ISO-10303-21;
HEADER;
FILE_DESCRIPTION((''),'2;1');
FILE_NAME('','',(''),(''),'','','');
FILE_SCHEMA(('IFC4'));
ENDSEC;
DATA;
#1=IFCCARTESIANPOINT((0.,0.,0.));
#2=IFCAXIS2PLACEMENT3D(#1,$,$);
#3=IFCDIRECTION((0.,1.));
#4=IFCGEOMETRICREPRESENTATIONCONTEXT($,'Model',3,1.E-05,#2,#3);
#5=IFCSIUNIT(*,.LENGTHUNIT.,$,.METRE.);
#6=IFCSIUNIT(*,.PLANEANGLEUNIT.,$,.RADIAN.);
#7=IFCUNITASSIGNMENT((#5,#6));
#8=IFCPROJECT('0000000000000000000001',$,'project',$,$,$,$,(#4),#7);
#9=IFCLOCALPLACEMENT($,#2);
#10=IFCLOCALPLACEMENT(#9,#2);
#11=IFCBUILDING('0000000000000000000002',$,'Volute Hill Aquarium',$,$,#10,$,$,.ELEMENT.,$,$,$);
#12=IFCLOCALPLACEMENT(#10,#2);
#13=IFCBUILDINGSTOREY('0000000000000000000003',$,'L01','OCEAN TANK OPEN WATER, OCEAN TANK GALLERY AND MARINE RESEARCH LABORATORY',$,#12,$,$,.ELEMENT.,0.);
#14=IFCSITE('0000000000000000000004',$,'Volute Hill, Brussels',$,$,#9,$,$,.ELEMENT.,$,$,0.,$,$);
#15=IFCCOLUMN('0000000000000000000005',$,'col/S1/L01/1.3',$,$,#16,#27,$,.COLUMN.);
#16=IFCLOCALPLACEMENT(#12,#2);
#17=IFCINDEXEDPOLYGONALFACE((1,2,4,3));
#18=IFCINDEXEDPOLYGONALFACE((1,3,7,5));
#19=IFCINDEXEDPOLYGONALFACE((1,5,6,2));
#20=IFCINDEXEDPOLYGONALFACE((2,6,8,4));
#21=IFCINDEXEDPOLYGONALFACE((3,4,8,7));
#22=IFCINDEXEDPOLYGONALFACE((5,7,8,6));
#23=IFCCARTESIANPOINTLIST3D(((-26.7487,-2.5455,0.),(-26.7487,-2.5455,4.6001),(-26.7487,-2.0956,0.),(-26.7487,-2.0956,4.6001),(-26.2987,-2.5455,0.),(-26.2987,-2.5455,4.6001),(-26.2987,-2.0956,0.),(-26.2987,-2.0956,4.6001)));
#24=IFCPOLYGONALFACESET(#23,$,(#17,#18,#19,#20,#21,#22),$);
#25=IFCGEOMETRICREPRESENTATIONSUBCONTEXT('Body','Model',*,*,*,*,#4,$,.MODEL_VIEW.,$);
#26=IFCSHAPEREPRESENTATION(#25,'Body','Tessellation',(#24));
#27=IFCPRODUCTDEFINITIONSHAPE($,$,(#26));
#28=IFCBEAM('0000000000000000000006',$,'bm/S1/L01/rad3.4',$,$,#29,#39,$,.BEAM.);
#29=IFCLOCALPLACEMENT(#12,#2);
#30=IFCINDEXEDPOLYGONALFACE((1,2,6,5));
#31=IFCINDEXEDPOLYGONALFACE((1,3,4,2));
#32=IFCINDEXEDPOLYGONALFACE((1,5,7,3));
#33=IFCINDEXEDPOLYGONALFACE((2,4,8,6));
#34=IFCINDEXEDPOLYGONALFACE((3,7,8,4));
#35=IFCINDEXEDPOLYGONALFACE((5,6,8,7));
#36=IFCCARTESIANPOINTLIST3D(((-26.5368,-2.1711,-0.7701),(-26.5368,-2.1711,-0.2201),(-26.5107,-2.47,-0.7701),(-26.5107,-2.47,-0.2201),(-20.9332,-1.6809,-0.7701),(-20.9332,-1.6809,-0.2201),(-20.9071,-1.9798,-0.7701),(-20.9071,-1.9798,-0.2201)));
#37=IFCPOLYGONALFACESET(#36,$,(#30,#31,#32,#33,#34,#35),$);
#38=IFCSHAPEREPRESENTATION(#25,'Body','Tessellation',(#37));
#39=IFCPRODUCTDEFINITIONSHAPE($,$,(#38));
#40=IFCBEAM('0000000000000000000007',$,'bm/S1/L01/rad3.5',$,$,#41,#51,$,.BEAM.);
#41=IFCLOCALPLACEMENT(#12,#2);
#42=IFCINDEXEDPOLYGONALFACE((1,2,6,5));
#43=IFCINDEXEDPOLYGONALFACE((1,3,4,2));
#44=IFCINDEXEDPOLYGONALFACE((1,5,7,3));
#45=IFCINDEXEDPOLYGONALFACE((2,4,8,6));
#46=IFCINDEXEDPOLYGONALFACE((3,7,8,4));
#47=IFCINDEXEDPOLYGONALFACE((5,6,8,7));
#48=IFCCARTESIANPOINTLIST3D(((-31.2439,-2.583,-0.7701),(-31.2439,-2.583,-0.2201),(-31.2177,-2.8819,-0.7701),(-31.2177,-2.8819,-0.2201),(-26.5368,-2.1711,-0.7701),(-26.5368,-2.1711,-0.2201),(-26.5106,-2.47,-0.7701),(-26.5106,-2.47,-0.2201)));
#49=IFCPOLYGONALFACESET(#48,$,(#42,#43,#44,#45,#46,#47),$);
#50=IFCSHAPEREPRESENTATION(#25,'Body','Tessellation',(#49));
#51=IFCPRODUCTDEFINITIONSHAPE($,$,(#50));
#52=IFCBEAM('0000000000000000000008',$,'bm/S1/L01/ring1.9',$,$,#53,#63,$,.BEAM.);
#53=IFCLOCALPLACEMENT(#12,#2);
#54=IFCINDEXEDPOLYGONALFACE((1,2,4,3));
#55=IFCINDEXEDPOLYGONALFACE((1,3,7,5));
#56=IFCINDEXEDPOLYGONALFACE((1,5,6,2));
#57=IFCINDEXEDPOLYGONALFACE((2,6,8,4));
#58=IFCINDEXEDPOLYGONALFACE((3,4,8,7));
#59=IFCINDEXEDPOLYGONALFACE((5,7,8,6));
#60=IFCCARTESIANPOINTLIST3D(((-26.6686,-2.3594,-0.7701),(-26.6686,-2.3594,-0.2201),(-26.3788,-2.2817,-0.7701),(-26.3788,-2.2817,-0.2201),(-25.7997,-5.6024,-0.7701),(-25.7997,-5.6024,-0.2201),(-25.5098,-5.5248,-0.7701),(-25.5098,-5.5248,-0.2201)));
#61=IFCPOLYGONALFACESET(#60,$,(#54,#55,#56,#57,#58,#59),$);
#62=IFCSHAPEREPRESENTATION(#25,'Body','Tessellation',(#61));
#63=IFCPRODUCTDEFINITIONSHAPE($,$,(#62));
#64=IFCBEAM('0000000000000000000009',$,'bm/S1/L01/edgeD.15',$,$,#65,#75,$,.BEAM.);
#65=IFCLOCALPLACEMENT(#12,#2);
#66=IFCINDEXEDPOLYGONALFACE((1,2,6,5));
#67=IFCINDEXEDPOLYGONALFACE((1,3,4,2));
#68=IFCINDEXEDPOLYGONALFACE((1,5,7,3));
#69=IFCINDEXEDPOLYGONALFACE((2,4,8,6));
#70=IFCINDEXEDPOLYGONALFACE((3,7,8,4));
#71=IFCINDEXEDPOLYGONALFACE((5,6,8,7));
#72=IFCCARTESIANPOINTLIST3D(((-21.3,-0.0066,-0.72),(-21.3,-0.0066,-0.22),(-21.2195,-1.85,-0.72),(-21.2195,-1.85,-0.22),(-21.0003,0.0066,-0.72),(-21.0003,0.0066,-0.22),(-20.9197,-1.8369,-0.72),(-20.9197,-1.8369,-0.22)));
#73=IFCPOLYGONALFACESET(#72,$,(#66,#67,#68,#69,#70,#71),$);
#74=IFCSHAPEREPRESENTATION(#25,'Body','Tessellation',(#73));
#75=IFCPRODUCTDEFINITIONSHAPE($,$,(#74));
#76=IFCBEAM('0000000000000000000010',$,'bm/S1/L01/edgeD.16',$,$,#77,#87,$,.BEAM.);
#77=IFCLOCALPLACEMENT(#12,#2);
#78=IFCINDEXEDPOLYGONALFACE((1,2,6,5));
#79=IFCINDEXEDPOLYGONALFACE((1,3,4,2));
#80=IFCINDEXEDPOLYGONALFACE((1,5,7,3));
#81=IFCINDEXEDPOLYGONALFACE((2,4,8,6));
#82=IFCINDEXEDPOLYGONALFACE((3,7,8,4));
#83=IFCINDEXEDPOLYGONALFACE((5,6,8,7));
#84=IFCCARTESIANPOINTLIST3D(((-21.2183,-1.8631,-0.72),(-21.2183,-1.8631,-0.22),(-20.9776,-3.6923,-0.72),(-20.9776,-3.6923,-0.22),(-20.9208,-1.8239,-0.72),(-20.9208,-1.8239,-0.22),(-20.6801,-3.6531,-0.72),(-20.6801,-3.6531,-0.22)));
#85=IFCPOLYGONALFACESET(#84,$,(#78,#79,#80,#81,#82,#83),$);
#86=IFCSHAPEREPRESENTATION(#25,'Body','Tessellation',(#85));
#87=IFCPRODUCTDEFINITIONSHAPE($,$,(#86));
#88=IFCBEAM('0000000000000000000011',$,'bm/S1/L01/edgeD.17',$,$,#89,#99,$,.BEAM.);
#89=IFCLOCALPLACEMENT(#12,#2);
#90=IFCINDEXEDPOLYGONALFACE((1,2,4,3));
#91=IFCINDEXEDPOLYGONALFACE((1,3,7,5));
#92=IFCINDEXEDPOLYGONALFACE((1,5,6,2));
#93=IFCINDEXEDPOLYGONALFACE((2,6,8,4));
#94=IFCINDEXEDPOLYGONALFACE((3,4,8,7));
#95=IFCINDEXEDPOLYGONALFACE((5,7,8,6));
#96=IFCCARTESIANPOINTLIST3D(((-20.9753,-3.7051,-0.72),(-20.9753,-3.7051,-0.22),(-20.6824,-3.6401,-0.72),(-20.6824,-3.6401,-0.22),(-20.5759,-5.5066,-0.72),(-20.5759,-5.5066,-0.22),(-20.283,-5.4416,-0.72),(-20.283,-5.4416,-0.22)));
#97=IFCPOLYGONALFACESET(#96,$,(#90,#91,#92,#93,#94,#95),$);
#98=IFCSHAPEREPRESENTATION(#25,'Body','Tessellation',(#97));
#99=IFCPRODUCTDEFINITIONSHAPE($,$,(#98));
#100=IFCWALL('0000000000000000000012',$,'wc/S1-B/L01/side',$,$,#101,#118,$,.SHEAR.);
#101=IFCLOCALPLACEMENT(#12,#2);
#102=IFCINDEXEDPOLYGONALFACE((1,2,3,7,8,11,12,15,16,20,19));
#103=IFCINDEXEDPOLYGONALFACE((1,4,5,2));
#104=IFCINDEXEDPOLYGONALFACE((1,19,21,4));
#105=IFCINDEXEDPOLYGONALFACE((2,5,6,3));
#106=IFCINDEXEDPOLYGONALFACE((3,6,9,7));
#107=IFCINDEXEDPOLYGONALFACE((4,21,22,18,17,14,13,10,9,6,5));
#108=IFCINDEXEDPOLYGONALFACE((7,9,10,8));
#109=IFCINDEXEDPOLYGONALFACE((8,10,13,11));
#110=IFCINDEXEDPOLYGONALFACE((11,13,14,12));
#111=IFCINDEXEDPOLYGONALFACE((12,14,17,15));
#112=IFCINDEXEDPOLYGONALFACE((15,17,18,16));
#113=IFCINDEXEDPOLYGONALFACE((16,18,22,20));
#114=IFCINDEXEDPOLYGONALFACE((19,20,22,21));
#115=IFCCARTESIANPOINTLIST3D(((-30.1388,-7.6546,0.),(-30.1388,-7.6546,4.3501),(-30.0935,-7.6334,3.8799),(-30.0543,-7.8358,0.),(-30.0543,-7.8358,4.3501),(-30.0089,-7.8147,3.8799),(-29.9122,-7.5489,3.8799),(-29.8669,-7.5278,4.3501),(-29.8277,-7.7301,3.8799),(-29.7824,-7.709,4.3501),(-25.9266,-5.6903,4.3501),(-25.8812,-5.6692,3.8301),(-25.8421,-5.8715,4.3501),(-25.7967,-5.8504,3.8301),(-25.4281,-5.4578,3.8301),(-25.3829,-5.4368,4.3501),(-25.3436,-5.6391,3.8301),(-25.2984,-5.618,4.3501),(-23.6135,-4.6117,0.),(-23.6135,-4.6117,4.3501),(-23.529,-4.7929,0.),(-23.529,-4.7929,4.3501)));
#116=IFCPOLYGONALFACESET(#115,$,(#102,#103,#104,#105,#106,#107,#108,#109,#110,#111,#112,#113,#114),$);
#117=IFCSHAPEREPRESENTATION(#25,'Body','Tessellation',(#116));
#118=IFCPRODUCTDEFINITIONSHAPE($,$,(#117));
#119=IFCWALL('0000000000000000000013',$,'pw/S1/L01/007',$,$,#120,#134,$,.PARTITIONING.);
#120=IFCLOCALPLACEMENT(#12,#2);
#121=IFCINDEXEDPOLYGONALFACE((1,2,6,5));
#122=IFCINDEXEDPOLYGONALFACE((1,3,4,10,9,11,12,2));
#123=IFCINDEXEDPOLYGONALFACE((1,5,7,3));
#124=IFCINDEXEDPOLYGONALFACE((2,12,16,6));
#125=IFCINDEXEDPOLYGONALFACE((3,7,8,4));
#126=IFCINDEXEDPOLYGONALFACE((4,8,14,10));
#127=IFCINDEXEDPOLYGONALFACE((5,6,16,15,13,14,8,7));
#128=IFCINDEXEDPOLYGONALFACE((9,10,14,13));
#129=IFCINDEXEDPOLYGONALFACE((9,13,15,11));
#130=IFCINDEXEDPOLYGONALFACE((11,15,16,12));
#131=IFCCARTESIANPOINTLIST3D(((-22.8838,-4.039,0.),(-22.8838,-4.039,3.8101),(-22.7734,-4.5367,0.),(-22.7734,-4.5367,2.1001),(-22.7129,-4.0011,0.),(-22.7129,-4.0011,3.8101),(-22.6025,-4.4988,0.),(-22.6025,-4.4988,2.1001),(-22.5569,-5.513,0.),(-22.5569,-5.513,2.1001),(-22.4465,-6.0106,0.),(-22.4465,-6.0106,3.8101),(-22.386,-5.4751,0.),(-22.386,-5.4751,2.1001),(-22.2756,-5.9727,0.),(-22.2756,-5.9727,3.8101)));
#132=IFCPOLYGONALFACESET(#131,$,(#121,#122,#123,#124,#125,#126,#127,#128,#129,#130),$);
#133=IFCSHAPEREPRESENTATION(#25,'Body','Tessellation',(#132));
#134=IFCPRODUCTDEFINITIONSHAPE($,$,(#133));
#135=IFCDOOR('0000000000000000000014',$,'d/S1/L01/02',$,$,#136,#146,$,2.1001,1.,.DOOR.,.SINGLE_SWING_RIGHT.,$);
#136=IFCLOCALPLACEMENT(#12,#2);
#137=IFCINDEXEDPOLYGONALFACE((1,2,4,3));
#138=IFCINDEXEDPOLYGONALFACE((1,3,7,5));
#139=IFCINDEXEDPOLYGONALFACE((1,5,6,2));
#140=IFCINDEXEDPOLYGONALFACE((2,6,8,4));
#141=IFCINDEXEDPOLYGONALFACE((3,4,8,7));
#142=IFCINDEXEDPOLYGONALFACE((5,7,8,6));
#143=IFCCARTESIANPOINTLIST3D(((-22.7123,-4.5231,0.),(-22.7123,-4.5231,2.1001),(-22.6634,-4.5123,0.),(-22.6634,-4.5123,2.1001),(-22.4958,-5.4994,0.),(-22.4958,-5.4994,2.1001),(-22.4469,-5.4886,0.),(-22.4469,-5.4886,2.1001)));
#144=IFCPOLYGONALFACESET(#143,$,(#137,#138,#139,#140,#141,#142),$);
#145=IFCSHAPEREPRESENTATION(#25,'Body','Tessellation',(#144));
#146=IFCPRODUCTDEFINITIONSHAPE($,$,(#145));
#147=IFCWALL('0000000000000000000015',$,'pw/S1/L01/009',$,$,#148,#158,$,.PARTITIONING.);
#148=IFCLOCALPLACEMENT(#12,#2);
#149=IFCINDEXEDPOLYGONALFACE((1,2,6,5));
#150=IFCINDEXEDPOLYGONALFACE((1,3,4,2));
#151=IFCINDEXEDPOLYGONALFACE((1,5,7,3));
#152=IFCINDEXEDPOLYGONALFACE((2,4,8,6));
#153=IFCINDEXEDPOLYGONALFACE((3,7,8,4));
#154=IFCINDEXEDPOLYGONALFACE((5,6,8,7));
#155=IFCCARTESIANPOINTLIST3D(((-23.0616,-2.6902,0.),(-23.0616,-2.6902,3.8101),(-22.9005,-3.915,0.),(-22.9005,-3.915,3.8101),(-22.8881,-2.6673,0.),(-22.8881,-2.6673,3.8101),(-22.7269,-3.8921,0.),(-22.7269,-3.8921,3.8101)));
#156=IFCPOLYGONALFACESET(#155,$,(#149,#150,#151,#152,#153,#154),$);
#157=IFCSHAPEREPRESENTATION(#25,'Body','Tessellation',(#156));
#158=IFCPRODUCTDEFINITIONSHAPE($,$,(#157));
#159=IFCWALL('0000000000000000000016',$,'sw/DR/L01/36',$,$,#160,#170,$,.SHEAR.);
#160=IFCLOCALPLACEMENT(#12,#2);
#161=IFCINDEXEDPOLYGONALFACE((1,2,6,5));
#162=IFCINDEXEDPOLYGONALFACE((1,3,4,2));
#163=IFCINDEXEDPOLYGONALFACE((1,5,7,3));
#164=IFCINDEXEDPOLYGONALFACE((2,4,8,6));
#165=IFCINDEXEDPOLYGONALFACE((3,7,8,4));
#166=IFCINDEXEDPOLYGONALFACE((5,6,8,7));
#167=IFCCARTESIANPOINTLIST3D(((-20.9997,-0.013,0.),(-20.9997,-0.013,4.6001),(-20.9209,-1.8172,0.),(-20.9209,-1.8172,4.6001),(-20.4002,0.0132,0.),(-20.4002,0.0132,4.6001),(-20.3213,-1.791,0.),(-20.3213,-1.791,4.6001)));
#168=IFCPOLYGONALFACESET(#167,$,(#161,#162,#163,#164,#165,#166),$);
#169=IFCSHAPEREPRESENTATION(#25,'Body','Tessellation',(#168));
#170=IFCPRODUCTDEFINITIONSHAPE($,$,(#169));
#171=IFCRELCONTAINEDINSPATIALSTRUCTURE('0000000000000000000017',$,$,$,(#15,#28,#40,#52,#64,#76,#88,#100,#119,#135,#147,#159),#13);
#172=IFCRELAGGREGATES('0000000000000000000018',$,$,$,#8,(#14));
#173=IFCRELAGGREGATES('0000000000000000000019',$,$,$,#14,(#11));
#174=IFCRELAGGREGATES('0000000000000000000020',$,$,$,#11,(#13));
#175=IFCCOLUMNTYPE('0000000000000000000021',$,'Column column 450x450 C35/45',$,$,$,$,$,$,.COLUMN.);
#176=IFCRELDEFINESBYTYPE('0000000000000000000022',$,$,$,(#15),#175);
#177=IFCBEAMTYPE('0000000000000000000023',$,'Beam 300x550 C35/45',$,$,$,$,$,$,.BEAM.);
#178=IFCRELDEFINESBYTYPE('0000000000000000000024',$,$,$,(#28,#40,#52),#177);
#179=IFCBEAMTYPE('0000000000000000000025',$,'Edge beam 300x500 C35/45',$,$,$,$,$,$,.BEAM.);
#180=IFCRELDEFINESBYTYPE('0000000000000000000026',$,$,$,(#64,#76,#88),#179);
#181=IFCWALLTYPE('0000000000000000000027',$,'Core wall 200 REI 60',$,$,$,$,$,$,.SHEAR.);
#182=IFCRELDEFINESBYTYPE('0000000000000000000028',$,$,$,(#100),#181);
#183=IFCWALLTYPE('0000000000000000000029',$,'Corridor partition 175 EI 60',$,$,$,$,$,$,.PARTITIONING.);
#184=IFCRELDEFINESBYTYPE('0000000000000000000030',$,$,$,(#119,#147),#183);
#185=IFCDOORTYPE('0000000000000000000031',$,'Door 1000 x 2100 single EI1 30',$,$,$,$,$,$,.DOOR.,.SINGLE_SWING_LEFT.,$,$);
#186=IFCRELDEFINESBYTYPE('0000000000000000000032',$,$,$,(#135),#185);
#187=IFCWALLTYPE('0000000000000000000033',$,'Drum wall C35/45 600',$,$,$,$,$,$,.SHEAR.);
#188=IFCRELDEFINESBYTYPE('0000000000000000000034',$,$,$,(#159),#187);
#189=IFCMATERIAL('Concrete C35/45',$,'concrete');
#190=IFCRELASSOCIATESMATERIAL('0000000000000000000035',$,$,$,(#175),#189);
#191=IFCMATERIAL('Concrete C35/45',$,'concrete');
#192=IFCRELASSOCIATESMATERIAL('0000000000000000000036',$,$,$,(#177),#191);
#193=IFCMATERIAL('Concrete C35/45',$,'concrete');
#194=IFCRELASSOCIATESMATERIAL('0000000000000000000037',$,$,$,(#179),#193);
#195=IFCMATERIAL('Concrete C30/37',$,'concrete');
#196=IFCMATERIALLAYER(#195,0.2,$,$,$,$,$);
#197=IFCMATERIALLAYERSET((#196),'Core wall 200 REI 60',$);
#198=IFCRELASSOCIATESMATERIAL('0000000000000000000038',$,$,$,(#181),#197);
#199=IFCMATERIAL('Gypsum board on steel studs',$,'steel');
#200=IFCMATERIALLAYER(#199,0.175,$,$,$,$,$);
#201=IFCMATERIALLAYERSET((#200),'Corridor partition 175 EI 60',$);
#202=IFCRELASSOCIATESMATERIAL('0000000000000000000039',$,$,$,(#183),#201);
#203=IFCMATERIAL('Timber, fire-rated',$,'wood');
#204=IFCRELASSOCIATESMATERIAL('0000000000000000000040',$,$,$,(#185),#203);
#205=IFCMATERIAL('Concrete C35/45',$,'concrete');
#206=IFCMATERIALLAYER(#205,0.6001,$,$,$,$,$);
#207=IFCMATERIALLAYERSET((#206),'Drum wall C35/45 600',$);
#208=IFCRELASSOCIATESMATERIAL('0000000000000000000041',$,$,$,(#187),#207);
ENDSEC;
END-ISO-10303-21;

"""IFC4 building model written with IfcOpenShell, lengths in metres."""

from ifc_helpers import new_model, si_unit, direction, frame, frame_2d, origin, origin_2d, place, context, subcontext, project, spatial, polyline, rectangle, outline, extrude, material, layer, layer_set, material_profile, profile_set, type_object, element, fill, save


model = new_model("IFC4")

# Units and contexts
model_context = context("Model", 3, precision=1e-05, world=origin(), true_north=direction((0.0, 1.0)))
body_context = subcontext(model_context, "Body", "Model", "MODEL_VIEW")
ifc_project = project(units=[si_unit("LENGTHUNIT", "METRE"), si_unit("PLANEANGLEUNIT", "RADIAN")], contexts=[model_context])

# Site, building, storey
site_placement = place(None, origin())
site = spatial("IfcSite", under=ifc_project, at=site_placement, Name="Volute Hill, Brussels", CompositionType="ELEMENT", RefElevation=0.0)
building_placement = place(site_placement, origin())
building = spatial("IfcBuilding", under=site, at=building_placement, Name="Volute Hill Aquarium", CompositionType="ELEMENT")
storey_placement = place(building_placement, origin())
storey = spatial("IfcBuildingStorey", under=building, at=storey_placement, Name="L01", Description="OCEAN TANK OPEN WATER, OCEAN TANK GALLERY AND MARINE RESEARCH LABORATORY", CompositionType="ELEMENT", Elevation=0.0)

# Column
ifc_material_1 = material(Name="Concrete C35/45", Category="concrete")
ifc_material_profile_1 = material_profile(ifc_material_1, rectangle(XDim=0.45, YDim=0.45, at=origin_2d()), Name="RC column 450x450")
ifc_profile_set_1 = profile_set([ifc_material_profile_1], Name="Concrete C35/45")
column_type = type_object("IfcColumnType", Name="Column column 450x450 C35/45", PredefinedType="COLUMN", material=ifc_profile_set_1)
column_placement = place(storey_placement, frame((-26.5237, -2.3206, 0.0), z_axis=(0.0, 0.0, 1.0), x_axis=(1.0, 0.0, 0.0)))
element("IfcColumn", 1, at=column_placement, inside=storey, type_object=column_type, Name="col/S1/L01/1.3", PredefinedType="COLUMN", context=body_context, shape_type="SweptSolid", body=[
    extrude(rectangle(XDim=0.45, YDim=0.45, at=origin_2d()), origin(), (0.0, 0.0, 1.0), 4.6001),
])

# Beams
ifc_material_2 = material(Name="Concrete C35/45", Category="concrete")
ifc_material_profile_2 = material_profile(ifc_material_2, rectangle(XDim=0.3, YDim=0.55, at=origin_2d()), Name="RC beam 300x550")
ifc_profile_set_2 = profile_set([ifc_material_profile_2], Name="Concrete C35/45")
beam_type_1 = type_object("IfcBeamType", Name="Beam 300x550 C35/45", PredefinedType="BEAM", material=ifc_profile_set_2)
beam_1_placement = place(storey_placement, frame((-20.9202, -1.8303, -0.4951), z_axis=(-0.996195, -0.087154, 0.0), x_axis=(0.087154, -0.996195, 0.0)))
element("IfcBeam", 2, at=beam_1_placement, inside=storey, type_object=beam_type_1, Name="bm/S1/L01/rad3.4", PredefinedType="BEAM", context=body_context, shape_type="SweptSolid", body=[
    extrude(rectangle(XDim=0.3, YDim=0.55, at=origin_2d()), origin(), (0.0, 0.0, 1.0), 5.625),
])
beam_2_placement = place(storey_placement, frame((-26.5237, -2.3206, -0.4951), z_axis=(-0.996194, -0.087167, 0.0), x_axis=(0.087167, -0.996194, 0.0)))
element("IfcBeam", 3, at=beam_2_placement, inside=storey, type_object=beam_type_1, Name="bm/S1/L01/rad3.5", PredefinedType="BEAM", context=body_context, shape_type="SweptSolid", body=[
    extrude(rectangle(XDim=0.3, YDim=0.55, at=origin_2d()), origin(), (0.0, 0.0, 1.0), 4.7251),
])
beam_3_placement = place(storey_placement, frame((-26.5237, -2.3206, -0.4951), z_axis=(0.258808, -0.965929, 0.0), x_axis=(0.965929, 0.258808, 0.0)))
element("IfcBeam", 4, at=beam_3_placement, inside=storey, type_object=beam_type_1, Name="bm/S1/L01/ring1.9", PredefinedType="BEAM", context=body_context, shape_type="SweptSolid", body=[
    extrude(rectangle(XDim=0.3, YDim=0.55, at=origin_2d()), origin(), (0.0, 0.0, 1.0), 3.3574),
])
ifc_material_3 = material(Name="Concrete C35/45", Category="concrete")
ifc_material_profile_3 = material_profile(ifc_material_3, rectangle(XDim=0.3, YDim=0.5, at=origin_2d()), Name="RC edge beam 300x500")
ifc_profile_set_3 = profile_set([ifc_material_profile_3], Name="Concrete C35/45")
beam_type_2 = type_object("IfcBeamType", Name="Edge beam 300x500 C35/45", PredefinedType="BEAM", material=ifc_profile_set_3)
beam_4_placement = place(storey_placement, frame((-21.1501, 0.0, -0.47), z_axis=(0.043661, -0.999046, 0.0), x_axis=(0.999046, 0.043661, 0.0)))
element("IfcBeam", 5, at=beam_4_placement, inside=storey, type_object=beam_type_2, Name="bm/S1/L01/edgeD.15", PredefinedType="BEAM", context=body_context, shape_type="SweptSolid", body=[
    extrude(rectangle(XDim=0.3, YDim=0.5, at=origin_2d()), origin(), (0.0, 0.0, 1.0), 1.8452),
])
beam_5_placement = place(storey_placement, frame((-21.0696, -1.8435, -0.47), z_axis=(0.130482, -0.991451, 0.0), x_axis=(0.991451, 0.130482, 0.0)))
element("IfcBeam", 6, at=beam_5_placement, inside=storey, type_object=beam_type_2, Name="bm/S1/L01/edgeD.16", PredefinedType="BEAM", context=body_context, shape_type="SweptSolid", body=[
    extrude(rectangle(XDim=0.3, YDim=0.5, at=origin_2d()), origin(), (0.0, 0.0, 1.0), 1.845),
])
beam_6_placement = place(storey_placement, frame((-20.8289, -3.6726, -0.47), z_axis=(0.216454, -0.976293, 0.0), x_axis=(0.976293, 0.216454, 0.0)))
element("IfcBeam", 7, at=beam_6_placement, inside=storey, type_object=beam_type_2, Name="bm/S1/L01/edgeD.17", PredefinedType="BEAM", context=body_context, shape_type="SweptSolid", body=[
    extrude(rectangle(XDim=0.3, YDim=0.5, at=origin_2d()), origin(), (0.0, 0.0, 1.0), 1.8452),
])

# Wall
ifc_material_4 = material(Name="Concrete C30/37", Category="concrete")
ifc_layer_1 = layer(ifc_material_4, 0.2)
ifc_layer_set_1 = layer_set([ifc_layer_1], Name="Core wall 200 REI 60")
wall_type_1 = type_object("IfcWallType", Name="Core wall 200 REI 60", PredefinedType="SHEAR", material=ifc_layer_set_1)
wall_1_placement = place(storey_placement, frame((-23.5713, -4.7021, 0.0), z_axis=(0.0, 0.0, 1.0), x_axis=(-0.906301, -0.422633, 0.0)))
element("IfcWall", 8, at=wall_1_placement, inside=storey, type_object=wall_type_1, Name="wc/S1-B/L01/side", PredefinedType="SHEAR", context=body_context, shape_type="SweptSolid", body=[
    extrude(outline(polyline([(0.0, 0.0), (7.2, 0.0), (7.2, 4.3501), (7.1499, 3.8799), (6.95, 3.8799), (6.8999, 4.3501), (2.5522, 4.3501), (2.5022, 3.8301), (2.0022, 3.8301), (1.9524, 4.3501), (0.0, 4.3501), (0.0, 0.0)])), frame((0.0, 0.1001, 0.0), z_axis=(0.0, -1.0, 0.0), x_axis=(1.0, 0.0, 0.0)), (0.0, 0.0, 1.0), 0.2),
])

# Wall, opening, door
ifc_material_5 = material(Name="Gypsum board on steel studs", Category="steel")
ifc_layer_2 = layer(ifc_material_5, 0.175)
ifc_layer_set_2 = layer_set([ifc_layer_2], Name="Corridor partition 175 EI 60")
wall_type_2 = type_object("IfcWallType", Name="Corridor partition 175 EI 60", PredefinedType="PARTITIONING", material=ifc_layer_set_2)
wall_2_placement = place(storey_placement, frame((-22.3611, -5.9917, 0.0), z_axis=(0.0, 0.0, 1.0), x_axis=(-0.216508, 0.976281, 0.0)))
wall_2 = element("IfcWall", 9, at=wall_2_placement, inside=storey, type_object=wall_type_2, Name="pw/S1/L01/007", PredefinedType="PARTITIONING", context=body_context, shape_type="SweptSolid", body=[
    extrude(rectangle(XDim=2.0195, YDim=0.175, at=frame_2d((1.0098, 0.0))), origin(), (0.0, 0.0, 1.0), 3.8101),
])
opening_1_placement = place(wall_2_placement, frame((0.5098, 0.0, 0.0)))
opening_1 = element("IfcOpeningElement", 10, at=opening_1_placement, cuts=wall_2, PredefinedType="OPENING", context=body_context, shape_type="SweptSolid", body=[
    extrude(rectangle(XDim=1.0, YDim=2.1001, at=frame_2d((0.5, 1.05))), frame((0.0, 0.0974, 0.0), z_axis=(0.0, -1.0, 0.0), x_axis=(1.0, 0.0, 0.0)), (0.0, 0.0, 1.0), 0.1951),
])
ifc_material_6 = material(Name="Timber, fire-rated", Category="wood")
door_type_1 = type_object("IfcDoorType", Name="Door 1000 x 2100 single EI1 30", OperationType="SINGLE_SWING_LEFT", PredefinedType="DOOR", material=ifc_material_6)
door_1_placement = place(opening_1_placement, origin())
door_1 = element("IfcDoor", 11, at=door_1_placement, inside=storey, type_object=door_type_1, Name="d/S1/L01/02", OperationType="SINGLE_SWING_RIGHT", OverallHeight=2.1001, OverallWidth=1.0, PredefinedType="DOOR", context=body_context, shape_type="SweptSolid", body=[
    extrude(rectangle(XDim=1.0, YDim=2.1001, at=frame_2d((0.5, 1.05))), frame((0.0, 0.0249, 0.0), z_axis=(0.0, -1.0, 0.0), x_axis=(1.0, 0.0, 0.0)), (0.0, 0.0, 1.0), 0.05),
])
fill(opening_1, door_1)

# Walls
wall_3_placement = place(storey_placement, frame((-22.8137, -3.9036, 0.0), z_axis=(0.0, 0.0, 1.0), x_axis=(-0.130429, 0.991458, 0.0)))
element("IfcWall", 12, at=wall_3_placement, inside=storey, type_object=wall_type_2, Name="pw/S1/L01/009", PredefinedType="PARTITIONING", context=body_context, shape_type="SweptSolid", body=[
    extrude(rectangle(XDim=1.2354, YDim=0.175, at=frame_2d((0.6177, 0.0))), origin(), (0.0, 0.0, 1.0), 3.8101),
])
ifc_material_7 = material(Name="Concrete C35/45", Category="concrete")
ifc_layer_3 = layer(ifc_material_7, 0.6001)
ifc_layer_set_3 = layer_set([ifc_layer_3], Name="Drum wall C35/45 600")
wall_type_3 = type_object("IfcWallType", Name="Drum wall C35/45 600", PredefinedType="SHEAR", material=ifc_layer_set_3)
wall_4_placement = place(storey_placement, frame((-20.7, 0.0, 0.0), z_axis=(0.0, 0.0, 1.0), x_axis=(0.043666, -0.999046, 0.0)))
element("IfcWall", 13, at=wall_4_placement, inside=storey, type_object=wall_type_3, Name="sw/DR/L01/36", PredefinedType="SHEAR", context=body_context, shape_type="SweptSolid", body=[
    extrude(rectangle(XDim=1.8059, YDim=0.6001, at=frame_2d((0.9028, 0.0))), origin(), (0.0, 0.0, 1.0), 4.6001),
])

save(model, "model.ifc")
